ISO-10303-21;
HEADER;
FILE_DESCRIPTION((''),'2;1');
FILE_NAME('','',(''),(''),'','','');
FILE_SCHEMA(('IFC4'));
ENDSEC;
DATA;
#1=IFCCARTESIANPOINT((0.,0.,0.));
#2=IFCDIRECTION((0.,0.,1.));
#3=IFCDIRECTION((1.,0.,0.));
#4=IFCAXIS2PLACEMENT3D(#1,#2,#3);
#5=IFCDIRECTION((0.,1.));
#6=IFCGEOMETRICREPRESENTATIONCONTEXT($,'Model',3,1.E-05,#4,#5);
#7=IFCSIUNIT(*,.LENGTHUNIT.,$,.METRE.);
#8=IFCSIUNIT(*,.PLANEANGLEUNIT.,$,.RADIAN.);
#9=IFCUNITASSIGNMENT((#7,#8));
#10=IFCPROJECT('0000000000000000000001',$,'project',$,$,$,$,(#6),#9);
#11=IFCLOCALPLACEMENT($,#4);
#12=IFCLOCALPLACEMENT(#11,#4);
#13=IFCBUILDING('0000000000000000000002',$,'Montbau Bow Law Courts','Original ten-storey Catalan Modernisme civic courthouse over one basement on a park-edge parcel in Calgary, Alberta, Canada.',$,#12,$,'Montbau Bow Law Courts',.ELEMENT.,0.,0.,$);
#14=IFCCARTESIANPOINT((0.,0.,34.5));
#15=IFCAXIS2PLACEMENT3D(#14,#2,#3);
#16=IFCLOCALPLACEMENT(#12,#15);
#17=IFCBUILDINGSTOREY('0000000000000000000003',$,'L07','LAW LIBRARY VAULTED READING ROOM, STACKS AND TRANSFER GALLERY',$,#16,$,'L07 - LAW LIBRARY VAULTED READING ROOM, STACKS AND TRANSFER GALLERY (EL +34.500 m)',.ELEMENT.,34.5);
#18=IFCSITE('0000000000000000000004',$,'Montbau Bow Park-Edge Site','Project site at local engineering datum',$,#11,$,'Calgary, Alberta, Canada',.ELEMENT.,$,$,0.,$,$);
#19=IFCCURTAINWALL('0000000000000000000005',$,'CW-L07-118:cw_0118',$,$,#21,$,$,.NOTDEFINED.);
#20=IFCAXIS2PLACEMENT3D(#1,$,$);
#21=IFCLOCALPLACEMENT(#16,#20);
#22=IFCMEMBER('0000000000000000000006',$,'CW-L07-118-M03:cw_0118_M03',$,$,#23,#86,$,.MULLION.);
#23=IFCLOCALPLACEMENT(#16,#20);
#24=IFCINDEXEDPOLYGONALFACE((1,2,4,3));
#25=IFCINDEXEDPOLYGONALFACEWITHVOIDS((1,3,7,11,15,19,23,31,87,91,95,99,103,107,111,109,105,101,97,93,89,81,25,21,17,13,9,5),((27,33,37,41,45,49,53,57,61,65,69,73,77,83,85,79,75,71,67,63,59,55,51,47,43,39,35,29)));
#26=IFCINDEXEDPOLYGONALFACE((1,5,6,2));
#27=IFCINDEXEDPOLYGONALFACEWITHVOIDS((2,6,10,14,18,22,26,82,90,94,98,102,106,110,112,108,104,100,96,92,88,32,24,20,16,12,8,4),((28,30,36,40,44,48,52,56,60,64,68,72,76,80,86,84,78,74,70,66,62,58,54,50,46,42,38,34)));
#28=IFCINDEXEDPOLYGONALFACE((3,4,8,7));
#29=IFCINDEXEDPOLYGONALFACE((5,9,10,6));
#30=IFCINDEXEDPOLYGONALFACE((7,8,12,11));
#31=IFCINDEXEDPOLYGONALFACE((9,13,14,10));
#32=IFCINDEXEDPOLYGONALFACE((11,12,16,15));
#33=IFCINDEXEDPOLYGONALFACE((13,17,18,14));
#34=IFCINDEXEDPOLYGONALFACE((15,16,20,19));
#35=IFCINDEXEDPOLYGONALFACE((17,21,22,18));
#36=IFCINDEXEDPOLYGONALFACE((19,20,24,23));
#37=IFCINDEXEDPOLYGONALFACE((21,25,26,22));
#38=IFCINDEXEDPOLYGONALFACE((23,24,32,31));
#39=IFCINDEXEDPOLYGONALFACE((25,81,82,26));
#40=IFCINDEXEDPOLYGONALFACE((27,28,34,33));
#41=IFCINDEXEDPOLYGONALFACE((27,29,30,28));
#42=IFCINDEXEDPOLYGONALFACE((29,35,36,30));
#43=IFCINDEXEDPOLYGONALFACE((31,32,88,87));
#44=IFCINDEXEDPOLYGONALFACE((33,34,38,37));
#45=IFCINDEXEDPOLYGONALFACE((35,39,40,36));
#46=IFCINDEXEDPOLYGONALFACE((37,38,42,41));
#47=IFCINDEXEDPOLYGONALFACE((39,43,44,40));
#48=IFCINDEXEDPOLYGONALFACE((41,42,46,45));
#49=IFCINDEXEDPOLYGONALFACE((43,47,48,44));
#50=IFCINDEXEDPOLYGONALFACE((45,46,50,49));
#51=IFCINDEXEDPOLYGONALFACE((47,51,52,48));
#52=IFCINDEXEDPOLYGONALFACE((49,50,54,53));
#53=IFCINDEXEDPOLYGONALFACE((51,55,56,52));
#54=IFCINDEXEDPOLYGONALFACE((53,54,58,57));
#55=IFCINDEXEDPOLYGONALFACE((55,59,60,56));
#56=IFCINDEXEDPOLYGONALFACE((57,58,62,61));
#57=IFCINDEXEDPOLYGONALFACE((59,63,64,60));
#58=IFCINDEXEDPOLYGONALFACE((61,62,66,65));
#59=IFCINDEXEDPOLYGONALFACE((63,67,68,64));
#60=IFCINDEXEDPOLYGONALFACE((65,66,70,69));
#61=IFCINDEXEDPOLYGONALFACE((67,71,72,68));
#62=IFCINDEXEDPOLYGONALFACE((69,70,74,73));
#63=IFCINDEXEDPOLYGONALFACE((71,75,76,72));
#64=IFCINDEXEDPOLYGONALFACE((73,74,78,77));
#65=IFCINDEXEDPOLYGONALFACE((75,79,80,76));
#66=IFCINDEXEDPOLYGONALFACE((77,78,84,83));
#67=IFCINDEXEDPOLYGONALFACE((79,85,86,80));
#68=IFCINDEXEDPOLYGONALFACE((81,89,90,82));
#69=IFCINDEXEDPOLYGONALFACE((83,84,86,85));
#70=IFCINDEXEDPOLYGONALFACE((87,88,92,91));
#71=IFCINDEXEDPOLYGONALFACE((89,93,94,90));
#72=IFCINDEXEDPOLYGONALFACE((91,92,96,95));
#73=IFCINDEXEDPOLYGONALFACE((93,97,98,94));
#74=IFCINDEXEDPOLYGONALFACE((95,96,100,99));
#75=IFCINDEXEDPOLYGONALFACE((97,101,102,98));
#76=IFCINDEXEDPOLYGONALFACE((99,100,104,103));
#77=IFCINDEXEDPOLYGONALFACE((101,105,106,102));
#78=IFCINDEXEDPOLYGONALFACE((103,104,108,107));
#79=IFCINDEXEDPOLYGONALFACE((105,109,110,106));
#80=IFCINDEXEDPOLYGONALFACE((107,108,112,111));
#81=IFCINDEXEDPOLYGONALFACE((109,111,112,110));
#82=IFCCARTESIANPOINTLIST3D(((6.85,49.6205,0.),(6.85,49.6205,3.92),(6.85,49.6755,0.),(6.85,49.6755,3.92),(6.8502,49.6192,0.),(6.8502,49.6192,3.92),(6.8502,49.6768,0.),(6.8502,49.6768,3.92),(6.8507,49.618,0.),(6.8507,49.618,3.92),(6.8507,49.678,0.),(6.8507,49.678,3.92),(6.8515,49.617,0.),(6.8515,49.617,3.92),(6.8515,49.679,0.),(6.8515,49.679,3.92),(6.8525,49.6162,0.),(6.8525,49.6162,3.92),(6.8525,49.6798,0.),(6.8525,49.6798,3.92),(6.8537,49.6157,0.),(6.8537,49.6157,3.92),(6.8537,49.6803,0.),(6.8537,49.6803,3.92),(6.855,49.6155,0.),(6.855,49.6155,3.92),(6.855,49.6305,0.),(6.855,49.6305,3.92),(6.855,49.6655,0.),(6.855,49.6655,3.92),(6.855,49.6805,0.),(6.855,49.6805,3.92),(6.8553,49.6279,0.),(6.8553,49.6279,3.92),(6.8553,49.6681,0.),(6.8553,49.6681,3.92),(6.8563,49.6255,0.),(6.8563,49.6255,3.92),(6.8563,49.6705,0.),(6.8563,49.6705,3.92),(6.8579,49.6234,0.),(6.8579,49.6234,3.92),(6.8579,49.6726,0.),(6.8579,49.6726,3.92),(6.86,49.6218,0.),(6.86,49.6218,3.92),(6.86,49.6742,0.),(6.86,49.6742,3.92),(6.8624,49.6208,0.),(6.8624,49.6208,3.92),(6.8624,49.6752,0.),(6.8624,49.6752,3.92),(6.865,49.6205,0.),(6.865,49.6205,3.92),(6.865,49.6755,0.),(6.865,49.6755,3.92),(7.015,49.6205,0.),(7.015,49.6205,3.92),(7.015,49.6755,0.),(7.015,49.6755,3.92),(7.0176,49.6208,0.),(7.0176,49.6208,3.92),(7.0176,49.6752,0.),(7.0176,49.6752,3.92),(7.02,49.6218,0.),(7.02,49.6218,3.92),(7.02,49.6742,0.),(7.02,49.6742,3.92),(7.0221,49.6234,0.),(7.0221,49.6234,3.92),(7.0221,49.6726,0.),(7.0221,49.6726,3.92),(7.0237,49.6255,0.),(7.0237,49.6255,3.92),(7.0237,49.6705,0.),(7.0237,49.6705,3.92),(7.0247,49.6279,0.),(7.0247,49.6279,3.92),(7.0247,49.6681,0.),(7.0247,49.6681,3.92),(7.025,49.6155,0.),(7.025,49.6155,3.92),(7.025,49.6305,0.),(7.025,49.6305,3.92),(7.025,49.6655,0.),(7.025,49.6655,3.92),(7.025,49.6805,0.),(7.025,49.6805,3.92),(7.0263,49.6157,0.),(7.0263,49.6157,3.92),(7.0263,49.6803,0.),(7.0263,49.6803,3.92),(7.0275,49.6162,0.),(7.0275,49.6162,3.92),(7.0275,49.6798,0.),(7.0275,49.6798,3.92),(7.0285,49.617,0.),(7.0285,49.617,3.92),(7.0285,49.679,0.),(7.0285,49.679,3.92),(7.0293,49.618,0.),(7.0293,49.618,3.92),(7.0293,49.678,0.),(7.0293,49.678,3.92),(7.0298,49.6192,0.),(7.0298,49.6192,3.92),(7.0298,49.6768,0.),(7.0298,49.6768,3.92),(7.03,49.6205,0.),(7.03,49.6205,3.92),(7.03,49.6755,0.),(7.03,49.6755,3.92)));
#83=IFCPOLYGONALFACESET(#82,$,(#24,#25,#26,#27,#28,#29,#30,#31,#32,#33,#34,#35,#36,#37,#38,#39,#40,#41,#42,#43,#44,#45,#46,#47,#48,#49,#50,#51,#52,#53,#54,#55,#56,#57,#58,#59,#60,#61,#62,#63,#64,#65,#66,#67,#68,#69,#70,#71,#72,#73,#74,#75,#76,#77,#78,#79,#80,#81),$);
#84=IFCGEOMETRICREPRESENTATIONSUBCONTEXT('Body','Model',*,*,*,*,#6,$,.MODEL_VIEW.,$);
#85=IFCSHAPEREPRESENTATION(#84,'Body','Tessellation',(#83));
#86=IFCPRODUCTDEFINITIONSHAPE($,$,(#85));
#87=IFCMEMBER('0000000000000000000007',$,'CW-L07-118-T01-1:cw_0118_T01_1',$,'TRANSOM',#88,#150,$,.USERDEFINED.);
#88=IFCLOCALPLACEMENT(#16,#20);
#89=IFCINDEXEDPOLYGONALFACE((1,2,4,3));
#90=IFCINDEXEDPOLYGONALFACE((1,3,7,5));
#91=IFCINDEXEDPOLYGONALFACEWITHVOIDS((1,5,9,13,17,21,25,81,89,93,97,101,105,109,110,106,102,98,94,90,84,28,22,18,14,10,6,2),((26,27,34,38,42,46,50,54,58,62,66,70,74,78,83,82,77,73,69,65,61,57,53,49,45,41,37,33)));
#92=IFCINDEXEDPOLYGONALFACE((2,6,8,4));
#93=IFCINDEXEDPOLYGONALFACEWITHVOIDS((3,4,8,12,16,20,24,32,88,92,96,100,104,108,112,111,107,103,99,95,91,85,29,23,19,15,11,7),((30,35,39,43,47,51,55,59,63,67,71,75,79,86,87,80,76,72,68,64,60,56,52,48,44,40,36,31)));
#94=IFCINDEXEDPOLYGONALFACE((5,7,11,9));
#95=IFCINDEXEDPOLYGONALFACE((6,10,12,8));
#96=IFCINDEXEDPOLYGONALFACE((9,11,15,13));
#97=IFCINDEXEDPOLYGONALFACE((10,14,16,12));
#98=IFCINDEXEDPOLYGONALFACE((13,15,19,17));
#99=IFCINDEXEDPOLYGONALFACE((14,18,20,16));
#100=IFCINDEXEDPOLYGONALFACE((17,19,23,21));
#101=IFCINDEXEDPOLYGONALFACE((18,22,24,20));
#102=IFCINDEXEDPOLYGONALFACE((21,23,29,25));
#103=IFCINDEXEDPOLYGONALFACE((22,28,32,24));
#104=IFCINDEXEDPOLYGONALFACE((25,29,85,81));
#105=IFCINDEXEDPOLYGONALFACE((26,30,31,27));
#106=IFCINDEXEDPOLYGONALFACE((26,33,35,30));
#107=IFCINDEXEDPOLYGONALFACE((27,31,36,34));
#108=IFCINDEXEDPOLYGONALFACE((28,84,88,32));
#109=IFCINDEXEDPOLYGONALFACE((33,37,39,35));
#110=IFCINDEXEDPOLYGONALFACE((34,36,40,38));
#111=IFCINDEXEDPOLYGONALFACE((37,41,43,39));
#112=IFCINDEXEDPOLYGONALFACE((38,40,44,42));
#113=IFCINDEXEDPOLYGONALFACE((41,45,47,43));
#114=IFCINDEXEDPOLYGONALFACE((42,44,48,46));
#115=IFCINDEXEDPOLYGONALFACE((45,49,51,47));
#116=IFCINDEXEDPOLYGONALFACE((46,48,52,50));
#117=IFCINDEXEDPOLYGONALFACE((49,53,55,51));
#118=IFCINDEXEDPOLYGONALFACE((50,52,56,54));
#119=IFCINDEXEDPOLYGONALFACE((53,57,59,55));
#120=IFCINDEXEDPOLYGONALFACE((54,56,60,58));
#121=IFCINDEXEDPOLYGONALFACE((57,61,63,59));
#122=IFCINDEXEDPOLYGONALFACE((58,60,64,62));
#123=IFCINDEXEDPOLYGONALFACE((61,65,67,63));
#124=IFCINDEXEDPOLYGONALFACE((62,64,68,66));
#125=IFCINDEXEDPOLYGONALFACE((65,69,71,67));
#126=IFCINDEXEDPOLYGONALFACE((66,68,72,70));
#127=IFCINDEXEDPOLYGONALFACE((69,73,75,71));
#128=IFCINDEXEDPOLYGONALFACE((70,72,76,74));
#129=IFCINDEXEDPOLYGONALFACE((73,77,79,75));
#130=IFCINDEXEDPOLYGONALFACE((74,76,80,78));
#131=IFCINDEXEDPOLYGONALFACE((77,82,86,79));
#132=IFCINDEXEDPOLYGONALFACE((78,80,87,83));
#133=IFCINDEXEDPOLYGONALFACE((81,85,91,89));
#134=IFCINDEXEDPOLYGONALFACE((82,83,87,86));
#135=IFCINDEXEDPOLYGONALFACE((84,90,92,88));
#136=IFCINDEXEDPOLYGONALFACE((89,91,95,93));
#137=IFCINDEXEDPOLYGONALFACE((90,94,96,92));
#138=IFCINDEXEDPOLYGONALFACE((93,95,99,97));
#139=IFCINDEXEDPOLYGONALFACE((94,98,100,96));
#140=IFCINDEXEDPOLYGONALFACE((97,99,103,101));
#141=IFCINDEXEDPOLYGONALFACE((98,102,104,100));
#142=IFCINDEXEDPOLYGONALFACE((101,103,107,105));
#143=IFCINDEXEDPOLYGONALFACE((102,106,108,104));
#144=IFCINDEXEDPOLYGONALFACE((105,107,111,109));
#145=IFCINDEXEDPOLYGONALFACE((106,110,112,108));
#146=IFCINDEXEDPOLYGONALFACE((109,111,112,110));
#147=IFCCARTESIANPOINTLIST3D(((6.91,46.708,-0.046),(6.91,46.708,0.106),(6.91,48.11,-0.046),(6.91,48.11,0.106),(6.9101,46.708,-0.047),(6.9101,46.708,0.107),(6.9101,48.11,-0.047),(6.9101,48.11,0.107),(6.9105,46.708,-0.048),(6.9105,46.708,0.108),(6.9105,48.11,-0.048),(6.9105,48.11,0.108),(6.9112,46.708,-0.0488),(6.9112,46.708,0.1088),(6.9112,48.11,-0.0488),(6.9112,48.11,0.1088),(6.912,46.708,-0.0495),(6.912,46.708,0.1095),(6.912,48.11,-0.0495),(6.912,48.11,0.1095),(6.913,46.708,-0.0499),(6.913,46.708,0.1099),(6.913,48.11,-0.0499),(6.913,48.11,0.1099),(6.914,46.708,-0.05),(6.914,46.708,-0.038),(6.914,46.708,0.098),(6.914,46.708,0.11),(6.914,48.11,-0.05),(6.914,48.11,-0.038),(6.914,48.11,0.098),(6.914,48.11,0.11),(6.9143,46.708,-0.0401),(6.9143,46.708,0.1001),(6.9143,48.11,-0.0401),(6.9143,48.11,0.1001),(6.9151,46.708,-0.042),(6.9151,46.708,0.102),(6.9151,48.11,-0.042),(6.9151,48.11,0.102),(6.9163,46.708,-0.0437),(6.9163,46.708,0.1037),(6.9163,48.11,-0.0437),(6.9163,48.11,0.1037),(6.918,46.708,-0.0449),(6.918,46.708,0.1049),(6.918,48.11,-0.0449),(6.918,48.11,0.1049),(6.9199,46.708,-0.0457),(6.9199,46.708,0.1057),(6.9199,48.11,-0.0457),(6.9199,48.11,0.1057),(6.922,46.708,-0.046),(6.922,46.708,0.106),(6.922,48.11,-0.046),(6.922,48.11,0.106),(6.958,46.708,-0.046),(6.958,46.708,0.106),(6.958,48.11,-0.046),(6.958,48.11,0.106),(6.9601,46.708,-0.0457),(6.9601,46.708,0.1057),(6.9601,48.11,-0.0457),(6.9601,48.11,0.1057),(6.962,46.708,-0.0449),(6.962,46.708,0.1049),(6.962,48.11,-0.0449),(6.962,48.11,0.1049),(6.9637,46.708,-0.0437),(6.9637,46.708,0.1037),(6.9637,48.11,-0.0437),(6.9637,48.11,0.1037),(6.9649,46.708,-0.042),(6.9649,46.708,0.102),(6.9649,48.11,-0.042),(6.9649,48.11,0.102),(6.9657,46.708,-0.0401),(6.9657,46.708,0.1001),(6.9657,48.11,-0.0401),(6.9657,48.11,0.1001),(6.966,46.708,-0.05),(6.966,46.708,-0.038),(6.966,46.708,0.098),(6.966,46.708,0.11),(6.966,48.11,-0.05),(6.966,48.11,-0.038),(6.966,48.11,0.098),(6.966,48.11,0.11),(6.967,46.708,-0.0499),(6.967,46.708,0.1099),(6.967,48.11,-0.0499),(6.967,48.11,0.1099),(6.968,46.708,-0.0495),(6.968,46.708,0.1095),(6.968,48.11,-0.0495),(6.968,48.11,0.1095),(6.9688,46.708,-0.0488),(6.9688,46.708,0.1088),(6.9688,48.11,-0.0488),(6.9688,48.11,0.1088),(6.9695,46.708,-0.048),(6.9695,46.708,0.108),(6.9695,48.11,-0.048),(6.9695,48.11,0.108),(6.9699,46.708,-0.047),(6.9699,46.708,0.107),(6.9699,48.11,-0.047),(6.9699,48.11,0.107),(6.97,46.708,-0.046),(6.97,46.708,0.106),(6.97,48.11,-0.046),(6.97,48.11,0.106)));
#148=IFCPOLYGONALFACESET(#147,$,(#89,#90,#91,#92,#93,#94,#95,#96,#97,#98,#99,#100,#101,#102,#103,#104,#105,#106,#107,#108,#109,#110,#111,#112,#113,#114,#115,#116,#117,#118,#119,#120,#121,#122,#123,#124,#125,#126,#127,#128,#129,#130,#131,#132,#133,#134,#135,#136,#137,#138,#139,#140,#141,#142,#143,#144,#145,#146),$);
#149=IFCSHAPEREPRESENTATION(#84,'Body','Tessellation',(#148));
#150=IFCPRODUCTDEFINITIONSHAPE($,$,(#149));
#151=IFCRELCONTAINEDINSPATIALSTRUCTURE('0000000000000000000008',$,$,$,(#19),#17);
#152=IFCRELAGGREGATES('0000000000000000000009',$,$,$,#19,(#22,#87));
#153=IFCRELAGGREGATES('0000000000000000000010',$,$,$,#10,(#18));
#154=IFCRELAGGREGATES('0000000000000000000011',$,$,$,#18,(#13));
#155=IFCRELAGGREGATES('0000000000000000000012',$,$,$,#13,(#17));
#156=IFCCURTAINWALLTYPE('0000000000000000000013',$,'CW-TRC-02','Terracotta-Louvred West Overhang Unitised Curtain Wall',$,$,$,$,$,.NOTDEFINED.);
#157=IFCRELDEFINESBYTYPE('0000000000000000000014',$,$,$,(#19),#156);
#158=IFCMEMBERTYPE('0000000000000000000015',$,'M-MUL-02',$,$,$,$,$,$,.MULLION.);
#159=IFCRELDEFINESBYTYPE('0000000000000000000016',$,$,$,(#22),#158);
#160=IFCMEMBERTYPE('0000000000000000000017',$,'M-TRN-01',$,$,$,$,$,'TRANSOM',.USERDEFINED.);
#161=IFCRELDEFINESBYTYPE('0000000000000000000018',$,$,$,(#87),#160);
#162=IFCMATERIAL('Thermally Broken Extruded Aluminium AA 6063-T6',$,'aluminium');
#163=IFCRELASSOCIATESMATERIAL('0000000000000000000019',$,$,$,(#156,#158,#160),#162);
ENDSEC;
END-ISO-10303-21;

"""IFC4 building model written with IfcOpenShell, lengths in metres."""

from ifc_helpers import new_model, si_unit, direction, frame, origin_with_axes, origin_2d_with_axis, place, context, subcontext, project, spatial, hollow_rectangle, extrude, material, material_profile, profile_set, type_object, element, aggregate, save


model = new_model("IFC4")

# Units and contexts
model_context = context("Model", 3, precision=1e-05, world=origin_with_axes(), true_north=direction((0.0, 1.0)))
body_context = subcontext(model_context, "Body", "Model", "MODEL_VIEW")
ifc_project = project(units=[si_unit("LENGTHUNIT", "METRE"), si_unit("PLANEANGLEUNIT", "RADIAN")], contexts=[model_context])

# Site, building, storey
site_placement = place(None, origin_with_axes())
site = spatial("IfcSite", under=ifc_project, at=site_placement, Name="Montbau Bow Park-Edge Site", Description="Project site at local engineering datum", LongName="Calgary, Alberta, Canada", CompositionType="ELEMENT", RefElevation=0.0)
building_placement = place(site_placement, origin_with_axes())
building = spatial("IfcBuilding", under=site, at=building_placement, Name="Montbau Bow Law Courts", Description="Original ten-storey Catalan Modernisme civic courthouse over one basement on a park-edge parcel in Calgary, Alberta, Canada.", LongName="Montbau Bow Law Courts", CompositionType="ELEMENT", ElevationOfRefHeight=0.0, ElevationOfTerrain=0.0)
storey_placement = place(building_placement, frame((0.0, 0.0, 34.5), z_axis=(0.0, 0.0, 1.0), x_axis=(1.0, 0.0, 0.0)))
storey = spatial("IfcBuildingStorey", under=building, at=storey_placement, Name="L07", Description="LAW LIBRARY VAULTED READING ROOM, STACKS AND TRANSFER GALLERY", LongName="L07 - LAW LIBRARY VAULTED READING ROOM, STACKS AND TRANSFER GALLERY (EL +34.500 m)", CompositionType="ELEMENT", Elevation=34.5)

# Curtain wall, members
ifc_material_1 = material(Name="Thermally Broken Extruded Aluminium AA 6063-T6", Category="aluminium")
curtain_wall_type = type_object("IfcCurtainWallType", Name="CW-TRC-02", Description="Terracotta-Louvred West Overhang Unitised Curtain Wall", PredefinedType="NOTDEFINED", material=ifc_material_1)
curtain_wall_placement = place(None, frame((6.94, 46.64, 34.5), z_axis=(0.0, 0.0, 1.0), x_axis=(1.0, 0.0, 0.0)))
curtain_wall = element("IfcCurtainWall", 1, at=curtain_wall_placement, inside=storey, type_object=curtain_wall_type, Name="CW-L07-118:cw_0118", PredefinedType="NOTDEFINED")
ifc_material_profile_1 = material_profile(ifc_material_1, hollow_rectangle(XDim=0.065, YDim=0.18, WallThickness=0.005, InnerFilletRadius=0.01, OuterFilletRadius=0.005, at=origin_2d_with_axis()), Name="CWM-180X65", Category="Main", Priority=0)
ifc_profile_set_1 = profile_set([ifc_material_profile_1], Name="Thermally Broken Extruded Aluminium AA 6063-T6")
member_type_1 = type_object("IfcMemberType", Name="M-MUL-02", PredefinedType="MULLION", material=ifc_profile_set_1)
member_1_placement = place(None, frame((6.94, 49.648, 34.5), z_axis=(0.0, 0.0, 1.0), x_axis=(0.0, 1.0, 0.0)))
member_1 = element("IfcMember", 2, at=member_1_placement, type_object=member_type_1, Name="CW-L07-118-M03:cw_0118_M03", PredefinedType="MULLION", context=body_context, shape_type="SweptSolid", body=[
    extrude(hollow_rectangle(XDim=0.065, YDim=0.18, WallThickness=0.005, InnerFilletRadius=0.01, OuterFilletRadius=0.005, at=origin_2d_with_axis()), origin_with_axes(), (0.0, 0.0, 1.0), 3.92),
])
ifc_material_profile_2 = material_profile(ifc_material_1, hollow_rectangle(XDim=0.06, YDim=0.16, WallThickness=0.004, InnerFilletRadius=0.008, OuterFilletRadius=0.004, at=origin_2d_with_axis()), Name="CWT-160X60", Category="Main", Priority=0)
ifc_profile_set_2 = profile_set([ifc_material_profile_2], Name="Thermally Broken Extruded Aluminium AA 6063-T6")
member_type_2 = type_object("IfcMemberType", Name="M-TRN-01", ElementType="TRANSOM", PredefinedType="USERDEFINED", material=ifc_profile_set_2)
member_2_placement = place(None, frame((6.94, 46.708, 34.53), z_axis=(0.0, 1.0, 0.0), x_axis=(-1.0, 0.0, 0.0)))
member_2 = element("IfcMember", 3, at=member_2_placement, type_object=member_type_2, Name="CW-L07-118-T01-1:cw_0118_T01_1", ObjectType="TRANSOM", PredefinedType="USERDEFINED", context=body_context, shape_type="SweptSolid", body=[
    extrude(hollow_rectangle(XDim=0.06, YDim=0.16, WallThickness=0.004, InnerFilletRadius=0.008, OuterFilletRadius=0.004, at=origin_2d_with_axis()), origin_with_axes(), (0.0, 0.0, 1.0), 1.402),
])
aggregate(curtain_wall, [member_1, member_2])

save(model, "model.ifc")
